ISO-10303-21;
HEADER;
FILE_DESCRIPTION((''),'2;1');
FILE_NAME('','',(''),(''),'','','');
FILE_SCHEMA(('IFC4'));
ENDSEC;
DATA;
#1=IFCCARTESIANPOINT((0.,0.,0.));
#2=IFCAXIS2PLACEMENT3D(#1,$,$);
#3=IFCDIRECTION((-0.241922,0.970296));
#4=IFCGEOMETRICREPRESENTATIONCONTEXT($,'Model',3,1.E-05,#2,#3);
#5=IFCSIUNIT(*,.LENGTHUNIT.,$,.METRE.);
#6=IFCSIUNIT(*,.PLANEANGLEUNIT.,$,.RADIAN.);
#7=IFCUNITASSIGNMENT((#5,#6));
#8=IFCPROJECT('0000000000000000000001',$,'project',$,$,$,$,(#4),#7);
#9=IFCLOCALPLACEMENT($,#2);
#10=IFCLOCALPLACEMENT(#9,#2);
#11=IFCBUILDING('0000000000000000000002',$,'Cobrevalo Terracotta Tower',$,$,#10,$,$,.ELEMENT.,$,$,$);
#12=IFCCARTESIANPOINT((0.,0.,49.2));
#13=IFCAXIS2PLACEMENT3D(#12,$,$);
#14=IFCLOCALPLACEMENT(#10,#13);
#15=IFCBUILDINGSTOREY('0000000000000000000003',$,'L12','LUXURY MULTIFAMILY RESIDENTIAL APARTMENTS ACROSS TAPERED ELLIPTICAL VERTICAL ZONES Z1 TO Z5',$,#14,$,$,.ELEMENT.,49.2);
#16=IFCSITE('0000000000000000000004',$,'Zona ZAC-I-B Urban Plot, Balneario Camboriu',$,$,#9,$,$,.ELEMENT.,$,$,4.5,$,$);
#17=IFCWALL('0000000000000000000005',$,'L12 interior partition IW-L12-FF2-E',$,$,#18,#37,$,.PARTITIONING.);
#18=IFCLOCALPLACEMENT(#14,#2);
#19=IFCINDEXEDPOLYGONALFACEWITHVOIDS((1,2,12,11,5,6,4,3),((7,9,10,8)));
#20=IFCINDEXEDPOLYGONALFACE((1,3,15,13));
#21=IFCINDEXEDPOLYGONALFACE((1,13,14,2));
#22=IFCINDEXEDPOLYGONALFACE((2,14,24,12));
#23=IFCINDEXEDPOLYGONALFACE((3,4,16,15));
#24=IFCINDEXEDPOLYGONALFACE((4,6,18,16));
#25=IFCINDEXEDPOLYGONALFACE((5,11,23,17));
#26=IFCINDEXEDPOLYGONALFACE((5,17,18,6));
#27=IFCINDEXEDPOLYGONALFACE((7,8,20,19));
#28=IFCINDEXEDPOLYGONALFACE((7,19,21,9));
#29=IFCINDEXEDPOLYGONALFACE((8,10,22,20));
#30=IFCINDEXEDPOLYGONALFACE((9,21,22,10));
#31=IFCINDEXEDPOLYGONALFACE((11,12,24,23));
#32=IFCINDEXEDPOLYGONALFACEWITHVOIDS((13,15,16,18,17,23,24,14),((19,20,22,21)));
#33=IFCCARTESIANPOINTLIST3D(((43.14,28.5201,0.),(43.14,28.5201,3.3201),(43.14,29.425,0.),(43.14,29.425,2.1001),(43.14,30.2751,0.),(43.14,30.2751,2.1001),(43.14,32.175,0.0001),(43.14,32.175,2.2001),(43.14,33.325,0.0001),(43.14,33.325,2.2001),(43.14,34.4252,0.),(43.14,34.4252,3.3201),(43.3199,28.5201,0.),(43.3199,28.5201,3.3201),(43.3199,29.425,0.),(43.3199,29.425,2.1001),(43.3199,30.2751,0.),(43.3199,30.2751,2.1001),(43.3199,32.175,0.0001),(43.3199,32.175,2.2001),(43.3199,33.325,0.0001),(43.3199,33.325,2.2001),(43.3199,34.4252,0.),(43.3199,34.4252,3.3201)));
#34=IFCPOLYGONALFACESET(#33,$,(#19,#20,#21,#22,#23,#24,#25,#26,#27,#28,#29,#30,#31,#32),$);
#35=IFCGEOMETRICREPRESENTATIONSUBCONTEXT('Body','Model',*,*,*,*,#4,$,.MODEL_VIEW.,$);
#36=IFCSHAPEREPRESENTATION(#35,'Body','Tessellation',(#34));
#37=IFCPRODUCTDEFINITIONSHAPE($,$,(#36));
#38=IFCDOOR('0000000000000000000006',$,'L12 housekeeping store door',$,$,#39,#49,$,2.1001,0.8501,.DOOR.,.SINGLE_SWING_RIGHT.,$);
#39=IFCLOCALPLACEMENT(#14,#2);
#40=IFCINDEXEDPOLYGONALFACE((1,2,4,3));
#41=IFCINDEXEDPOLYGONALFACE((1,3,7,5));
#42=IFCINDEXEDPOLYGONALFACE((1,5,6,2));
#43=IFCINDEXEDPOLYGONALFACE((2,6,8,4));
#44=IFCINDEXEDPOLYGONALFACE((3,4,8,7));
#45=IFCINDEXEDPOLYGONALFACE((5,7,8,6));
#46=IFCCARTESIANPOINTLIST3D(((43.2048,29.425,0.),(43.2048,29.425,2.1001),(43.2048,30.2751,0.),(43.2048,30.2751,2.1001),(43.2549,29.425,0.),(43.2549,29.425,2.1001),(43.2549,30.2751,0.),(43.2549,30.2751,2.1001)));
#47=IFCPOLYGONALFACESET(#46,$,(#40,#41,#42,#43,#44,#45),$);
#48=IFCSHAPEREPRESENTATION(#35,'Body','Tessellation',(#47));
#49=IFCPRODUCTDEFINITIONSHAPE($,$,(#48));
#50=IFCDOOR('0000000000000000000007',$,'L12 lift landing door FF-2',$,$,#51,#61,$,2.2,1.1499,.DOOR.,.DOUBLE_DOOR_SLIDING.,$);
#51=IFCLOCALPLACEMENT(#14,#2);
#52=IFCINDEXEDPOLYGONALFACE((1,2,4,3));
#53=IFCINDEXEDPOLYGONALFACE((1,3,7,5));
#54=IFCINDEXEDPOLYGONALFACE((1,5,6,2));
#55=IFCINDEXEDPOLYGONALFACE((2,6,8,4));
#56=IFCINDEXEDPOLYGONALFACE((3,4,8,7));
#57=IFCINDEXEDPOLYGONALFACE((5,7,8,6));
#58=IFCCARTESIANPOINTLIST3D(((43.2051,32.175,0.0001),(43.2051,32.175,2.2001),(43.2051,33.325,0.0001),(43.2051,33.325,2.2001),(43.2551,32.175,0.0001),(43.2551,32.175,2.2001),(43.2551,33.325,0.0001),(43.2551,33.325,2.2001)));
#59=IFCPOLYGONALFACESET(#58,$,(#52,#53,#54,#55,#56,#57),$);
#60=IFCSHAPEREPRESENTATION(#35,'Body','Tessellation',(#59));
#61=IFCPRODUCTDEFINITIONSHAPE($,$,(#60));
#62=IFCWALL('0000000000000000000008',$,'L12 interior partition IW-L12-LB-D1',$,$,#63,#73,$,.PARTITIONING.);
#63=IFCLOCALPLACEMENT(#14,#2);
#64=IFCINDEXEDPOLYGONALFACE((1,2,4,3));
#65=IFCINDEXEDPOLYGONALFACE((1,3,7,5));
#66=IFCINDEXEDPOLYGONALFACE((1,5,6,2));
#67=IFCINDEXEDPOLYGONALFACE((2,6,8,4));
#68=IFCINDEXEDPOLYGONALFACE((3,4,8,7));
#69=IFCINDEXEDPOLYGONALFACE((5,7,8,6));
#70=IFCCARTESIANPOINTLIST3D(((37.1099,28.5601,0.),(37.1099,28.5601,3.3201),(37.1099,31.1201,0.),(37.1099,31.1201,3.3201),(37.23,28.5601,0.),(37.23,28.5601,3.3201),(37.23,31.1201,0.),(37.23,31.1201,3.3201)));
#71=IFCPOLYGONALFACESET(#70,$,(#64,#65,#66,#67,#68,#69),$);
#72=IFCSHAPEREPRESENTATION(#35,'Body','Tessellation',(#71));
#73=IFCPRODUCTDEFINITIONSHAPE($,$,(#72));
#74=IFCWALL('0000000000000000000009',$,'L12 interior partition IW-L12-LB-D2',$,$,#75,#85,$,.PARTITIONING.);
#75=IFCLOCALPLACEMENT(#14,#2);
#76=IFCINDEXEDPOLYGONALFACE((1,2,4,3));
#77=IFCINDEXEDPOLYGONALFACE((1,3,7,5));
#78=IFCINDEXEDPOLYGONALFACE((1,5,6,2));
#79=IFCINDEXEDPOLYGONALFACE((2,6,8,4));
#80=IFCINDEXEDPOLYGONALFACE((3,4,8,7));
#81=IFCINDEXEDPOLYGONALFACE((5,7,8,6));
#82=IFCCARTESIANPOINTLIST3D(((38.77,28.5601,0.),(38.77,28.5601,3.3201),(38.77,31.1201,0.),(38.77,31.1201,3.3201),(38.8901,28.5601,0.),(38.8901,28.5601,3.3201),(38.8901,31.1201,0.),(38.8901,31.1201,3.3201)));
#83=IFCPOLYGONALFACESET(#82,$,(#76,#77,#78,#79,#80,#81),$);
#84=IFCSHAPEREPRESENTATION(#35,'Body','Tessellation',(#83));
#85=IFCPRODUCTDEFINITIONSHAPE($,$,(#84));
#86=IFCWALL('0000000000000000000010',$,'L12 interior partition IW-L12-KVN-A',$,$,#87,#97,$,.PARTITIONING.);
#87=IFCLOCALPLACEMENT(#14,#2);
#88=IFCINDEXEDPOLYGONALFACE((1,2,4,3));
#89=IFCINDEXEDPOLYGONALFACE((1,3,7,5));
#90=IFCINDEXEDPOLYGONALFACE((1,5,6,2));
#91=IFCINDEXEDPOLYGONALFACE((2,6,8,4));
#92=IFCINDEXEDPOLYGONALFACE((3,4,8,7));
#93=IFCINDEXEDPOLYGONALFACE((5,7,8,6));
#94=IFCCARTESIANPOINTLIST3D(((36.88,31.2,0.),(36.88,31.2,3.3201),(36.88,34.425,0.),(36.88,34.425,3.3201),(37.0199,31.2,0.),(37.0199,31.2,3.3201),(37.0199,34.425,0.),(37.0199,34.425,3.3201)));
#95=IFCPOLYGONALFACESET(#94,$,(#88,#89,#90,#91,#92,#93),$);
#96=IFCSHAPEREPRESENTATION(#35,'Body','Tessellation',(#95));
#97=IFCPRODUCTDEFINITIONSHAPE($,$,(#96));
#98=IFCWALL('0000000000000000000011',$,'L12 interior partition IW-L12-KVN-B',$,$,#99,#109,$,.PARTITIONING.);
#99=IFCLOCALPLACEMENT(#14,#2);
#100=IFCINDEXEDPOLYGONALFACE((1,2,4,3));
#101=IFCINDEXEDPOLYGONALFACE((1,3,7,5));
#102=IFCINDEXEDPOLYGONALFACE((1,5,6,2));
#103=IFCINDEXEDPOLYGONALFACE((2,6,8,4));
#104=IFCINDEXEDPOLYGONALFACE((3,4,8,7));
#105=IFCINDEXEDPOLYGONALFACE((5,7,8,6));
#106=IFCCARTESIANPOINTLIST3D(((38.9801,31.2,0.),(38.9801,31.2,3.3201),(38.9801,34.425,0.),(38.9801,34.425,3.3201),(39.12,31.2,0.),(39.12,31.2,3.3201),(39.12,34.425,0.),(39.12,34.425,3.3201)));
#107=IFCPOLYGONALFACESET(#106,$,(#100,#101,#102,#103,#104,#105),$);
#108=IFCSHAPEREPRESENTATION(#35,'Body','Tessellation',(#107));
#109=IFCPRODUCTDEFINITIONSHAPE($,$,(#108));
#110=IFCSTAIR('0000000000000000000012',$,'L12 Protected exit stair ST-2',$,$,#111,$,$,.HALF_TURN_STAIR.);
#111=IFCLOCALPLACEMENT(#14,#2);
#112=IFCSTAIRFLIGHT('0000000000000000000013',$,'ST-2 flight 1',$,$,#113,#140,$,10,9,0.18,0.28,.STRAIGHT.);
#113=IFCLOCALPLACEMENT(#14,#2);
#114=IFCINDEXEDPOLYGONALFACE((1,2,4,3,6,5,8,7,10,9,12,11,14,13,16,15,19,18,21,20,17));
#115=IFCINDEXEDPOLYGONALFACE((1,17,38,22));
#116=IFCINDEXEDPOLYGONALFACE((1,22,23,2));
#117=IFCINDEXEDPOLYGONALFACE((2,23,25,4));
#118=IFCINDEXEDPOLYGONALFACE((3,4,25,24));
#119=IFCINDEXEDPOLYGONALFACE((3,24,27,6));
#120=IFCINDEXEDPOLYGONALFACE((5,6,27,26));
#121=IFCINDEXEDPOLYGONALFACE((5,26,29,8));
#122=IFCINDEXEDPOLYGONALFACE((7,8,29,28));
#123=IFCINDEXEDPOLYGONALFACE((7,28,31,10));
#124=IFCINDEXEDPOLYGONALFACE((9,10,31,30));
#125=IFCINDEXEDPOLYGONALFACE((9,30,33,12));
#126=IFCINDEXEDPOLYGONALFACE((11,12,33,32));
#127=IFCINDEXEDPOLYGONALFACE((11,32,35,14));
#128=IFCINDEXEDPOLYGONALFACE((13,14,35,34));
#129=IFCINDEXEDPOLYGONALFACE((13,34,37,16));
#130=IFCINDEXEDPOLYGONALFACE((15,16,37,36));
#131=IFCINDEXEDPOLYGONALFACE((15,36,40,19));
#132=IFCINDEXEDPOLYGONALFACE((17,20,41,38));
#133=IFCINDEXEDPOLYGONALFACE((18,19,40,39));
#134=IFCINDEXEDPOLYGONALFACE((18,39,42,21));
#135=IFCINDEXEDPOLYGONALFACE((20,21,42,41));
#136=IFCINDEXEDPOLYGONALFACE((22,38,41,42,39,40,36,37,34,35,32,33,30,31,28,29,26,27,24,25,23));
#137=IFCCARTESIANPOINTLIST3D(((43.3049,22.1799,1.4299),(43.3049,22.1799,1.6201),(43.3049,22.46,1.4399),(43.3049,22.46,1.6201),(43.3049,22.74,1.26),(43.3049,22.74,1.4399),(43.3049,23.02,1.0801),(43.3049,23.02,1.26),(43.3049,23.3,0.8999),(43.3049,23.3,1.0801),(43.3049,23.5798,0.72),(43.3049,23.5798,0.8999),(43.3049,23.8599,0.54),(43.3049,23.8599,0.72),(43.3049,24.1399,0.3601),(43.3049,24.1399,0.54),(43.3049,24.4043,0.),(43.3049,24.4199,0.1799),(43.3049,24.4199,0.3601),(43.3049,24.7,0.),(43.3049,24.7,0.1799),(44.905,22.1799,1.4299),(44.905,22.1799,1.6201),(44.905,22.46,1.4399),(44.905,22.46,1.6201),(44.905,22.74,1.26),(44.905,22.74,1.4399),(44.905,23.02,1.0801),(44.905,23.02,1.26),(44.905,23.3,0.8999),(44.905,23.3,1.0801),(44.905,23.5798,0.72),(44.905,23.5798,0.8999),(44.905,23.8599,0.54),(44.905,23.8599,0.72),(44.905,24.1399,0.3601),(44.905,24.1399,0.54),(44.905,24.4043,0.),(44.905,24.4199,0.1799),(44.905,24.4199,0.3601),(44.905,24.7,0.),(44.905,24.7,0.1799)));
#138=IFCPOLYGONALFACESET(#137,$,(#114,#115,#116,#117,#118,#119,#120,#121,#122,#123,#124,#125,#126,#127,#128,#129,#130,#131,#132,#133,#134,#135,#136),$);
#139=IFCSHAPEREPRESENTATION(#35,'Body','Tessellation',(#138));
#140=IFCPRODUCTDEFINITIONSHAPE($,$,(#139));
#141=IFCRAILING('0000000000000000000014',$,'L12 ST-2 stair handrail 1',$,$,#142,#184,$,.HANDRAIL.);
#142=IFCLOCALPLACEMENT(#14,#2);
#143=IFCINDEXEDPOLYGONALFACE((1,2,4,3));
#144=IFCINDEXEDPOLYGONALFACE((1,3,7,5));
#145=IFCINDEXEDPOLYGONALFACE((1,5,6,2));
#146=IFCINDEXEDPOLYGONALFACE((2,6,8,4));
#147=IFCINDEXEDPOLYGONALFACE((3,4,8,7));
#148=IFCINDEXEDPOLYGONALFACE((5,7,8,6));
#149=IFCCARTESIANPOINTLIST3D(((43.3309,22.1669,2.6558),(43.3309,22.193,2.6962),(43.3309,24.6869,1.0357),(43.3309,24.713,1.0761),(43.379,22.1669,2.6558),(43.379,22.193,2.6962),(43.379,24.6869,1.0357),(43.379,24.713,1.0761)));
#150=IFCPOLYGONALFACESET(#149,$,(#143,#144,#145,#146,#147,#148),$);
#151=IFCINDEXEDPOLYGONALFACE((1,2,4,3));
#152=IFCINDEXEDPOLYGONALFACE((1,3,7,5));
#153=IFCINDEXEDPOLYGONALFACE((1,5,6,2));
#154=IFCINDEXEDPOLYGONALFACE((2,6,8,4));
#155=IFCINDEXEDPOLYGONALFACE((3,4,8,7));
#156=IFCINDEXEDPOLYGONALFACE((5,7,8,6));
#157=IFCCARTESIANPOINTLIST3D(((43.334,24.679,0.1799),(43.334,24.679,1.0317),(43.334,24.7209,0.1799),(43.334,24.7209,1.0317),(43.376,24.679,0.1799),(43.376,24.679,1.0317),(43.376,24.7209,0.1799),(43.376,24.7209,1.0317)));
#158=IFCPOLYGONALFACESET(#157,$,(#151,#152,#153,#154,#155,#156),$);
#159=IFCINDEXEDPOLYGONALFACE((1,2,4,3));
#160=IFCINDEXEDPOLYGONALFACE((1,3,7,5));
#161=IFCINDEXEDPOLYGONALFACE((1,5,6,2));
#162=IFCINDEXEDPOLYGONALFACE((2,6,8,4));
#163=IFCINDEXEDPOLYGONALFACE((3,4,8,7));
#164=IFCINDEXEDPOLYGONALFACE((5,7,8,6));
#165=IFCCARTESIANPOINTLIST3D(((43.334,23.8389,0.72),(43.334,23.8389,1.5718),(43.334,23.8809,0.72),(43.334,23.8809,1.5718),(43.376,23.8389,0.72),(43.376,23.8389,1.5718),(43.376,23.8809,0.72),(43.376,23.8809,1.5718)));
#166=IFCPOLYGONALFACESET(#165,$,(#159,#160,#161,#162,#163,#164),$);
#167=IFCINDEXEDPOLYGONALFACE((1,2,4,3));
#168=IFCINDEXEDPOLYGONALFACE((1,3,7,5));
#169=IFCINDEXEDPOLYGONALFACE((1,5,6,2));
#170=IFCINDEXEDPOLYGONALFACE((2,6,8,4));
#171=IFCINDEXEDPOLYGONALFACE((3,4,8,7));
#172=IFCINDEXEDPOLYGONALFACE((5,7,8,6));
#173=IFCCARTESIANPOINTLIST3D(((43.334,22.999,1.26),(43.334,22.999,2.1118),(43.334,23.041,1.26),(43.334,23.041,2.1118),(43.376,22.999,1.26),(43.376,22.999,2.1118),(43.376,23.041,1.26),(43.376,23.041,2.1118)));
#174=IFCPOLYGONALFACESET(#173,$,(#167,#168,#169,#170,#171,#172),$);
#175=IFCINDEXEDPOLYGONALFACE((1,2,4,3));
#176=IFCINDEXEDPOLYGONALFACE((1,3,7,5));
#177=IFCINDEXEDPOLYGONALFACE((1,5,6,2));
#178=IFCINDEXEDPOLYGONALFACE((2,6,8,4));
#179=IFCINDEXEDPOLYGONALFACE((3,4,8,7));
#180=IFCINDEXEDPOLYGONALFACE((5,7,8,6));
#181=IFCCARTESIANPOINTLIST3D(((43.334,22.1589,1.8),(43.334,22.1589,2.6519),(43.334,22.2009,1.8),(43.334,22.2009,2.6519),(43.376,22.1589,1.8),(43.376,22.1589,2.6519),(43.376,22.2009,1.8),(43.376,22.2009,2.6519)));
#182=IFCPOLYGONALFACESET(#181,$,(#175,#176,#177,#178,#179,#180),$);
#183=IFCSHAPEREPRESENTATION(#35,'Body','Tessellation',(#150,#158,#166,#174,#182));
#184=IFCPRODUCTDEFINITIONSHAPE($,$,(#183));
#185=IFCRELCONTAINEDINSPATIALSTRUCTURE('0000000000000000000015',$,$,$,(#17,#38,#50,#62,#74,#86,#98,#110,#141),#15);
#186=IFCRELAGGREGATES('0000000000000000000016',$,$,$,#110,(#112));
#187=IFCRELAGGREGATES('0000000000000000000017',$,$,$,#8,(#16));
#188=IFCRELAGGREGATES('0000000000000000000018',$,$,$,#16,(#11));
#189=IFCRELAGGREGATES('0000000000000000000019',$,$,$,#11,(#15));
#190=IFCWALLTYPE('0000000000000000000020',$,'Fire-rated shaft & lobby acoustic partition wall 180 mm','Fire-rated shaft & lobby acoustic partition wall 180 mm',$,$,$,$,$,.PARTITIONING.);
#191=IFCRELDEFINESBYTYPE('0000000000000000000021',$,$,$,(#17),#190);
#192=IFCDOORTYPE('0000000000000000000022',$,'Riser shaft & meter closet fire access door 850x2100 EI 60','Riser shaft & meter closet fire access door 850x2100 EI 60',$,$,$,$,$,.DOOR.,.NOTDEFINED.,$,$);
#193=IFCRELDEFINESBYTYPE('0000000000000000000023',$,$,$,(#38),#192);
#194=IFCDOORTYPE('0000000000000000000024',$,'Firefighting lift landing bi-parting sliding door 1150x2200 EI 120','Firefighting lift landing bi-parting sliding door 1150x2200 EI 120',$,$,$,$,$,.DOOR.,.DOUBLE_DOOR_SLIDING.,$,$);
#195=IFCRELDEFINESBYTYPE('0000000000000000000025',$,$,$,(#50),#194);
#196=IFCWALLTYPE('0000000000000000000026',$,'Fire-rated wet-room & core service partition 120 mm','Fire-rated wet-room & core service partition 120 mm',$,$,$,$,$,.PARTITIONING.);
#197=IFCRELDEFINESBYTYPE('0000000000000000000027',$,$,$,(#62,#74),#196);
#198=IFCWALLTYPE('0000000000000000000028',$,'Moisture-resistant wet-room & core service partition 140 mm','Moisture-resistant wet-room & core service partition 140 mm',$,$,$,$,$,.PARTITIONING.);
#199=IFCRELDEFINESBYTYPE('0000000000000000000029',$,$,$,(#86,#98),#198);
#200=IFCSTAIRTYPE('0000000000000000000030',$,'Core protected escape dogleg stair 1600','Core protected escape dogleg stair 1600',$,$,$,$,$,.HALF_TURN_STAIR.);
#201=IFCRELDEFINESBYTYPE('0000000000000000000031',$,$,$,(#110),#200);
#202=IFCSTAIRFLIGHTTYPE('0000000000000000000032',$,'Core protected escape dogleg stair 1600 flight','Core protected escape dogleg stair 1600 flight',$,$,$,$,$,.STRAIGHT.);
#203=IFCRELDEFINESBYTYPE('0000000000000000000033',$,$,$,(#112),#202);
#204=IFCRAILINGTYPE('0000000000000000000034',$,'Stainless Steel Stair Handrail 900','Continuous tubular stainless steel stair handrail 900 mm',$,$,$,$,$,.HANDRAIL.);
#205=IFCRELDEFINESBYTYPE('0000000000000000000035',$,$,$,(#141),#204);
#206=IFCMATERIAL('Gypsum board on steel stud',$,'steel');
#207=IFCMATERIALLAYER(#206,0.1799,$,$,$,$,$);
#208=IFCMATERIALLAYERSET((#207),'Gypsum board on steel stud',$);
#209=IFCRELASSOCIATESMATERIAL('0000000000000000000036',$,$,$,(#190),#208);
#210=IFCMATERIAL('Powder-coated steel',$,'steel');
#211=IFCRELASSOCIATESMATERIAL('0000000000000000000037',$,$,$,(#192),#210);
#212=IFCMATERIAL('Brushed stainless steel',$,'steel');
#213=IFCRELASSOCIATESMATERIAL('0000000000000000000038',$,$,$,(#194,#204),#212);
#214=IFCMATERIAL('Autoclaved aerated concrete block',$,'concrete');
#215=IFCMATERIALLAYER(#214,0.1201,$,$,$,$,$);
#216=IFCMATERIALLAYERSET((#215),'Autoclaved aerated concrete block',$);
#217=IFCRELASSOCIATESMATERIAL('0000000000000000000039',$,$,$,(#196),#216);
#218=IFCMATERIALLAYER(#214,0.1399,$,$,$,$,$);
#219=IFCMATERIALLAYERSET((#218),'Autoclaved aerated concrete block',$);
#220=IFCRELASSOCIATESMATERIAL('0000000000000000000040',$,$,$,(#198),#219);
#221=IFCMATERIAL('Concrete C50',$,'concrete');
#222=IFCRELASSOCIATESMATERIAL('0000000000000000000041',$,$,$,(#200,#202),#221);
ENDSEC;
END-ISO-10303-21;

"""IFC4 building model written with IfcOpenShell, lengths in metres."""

from ifc_helpers import new_model, si_unit, direction, frame, frame_2d, origin, origin_2d, place, context, subcontext, project, spatial, polyline, rectangle, outline, extrude, source, transform, mapped, material, layer, layer_set, type_object, element, fill, aggregate, save


model = new_model("IFC4")

# Units and contexts
model_context = context("Model", 3, precision=1e-05, world=origin(), true_north=direction((-0.241922, 0.970296)))
body_context = subcontext(model_context, "Body", "Model", "MODEL_VIEW")
ifc_project = project(units=[si_unit("LENGTHUNIT", "METRE"), si_unit("PLANEANGLEUNIT", "RADIAN")], contexts=[model_context])

# Site, building, storey
site_placement = place(None, origin())
site = spatial("IfcSite", under=ifc_project, at=site_placement, Name="Zona ZAC-I-B Urban Plot, Balneario Camboriu", CompositionType="ELEMENT", RefElevation=4.5)
building_placement = place(site_placement, origin())
building = spatial("IfcBuilding", under=site, at=building_placement, Name="Cobrevalo Terracotta Tower", CompositionType="ELEMENT")
storey_placement = place(building_placement, frame((0.0, 0.0, 49.2)))
storey = spatial("IfcBuildingStorey", under=building, at=storey_placement, Name="L12", Description="LUXURY MULTIFAMILY RESIDENTIAL APARTMENTS ACROSS TAPERED ELLIPTICAL VERTICAL ZONES Z1 TO Z5", CompositionType="ELEMENT", Elevation=49.2)

# Shared definitions
ifc_material_1 = material(Name="Gypsum board on steel stud", Category="steel")

# Shared definitions
ifc_material_2 = material(Name="Brushed stainless steel", Category="steel")

# Shared definitions
ifc_layer_1 = layer(ifc_material_1, 0.1799)
ifc_layer_set_1 = layer_set([ifc_layer_1], Name="Gypsum board on steel stud")
wall_type_1 = type_object("IfcWallType", Name="Fire-rated shaft & lobby acoustic partition wall 180 mm", Description="Fire-rated shaft & lobby acoustic partition wall 180 mm", PredefinedType="PARTITIONING", material=ifc_layer_set_1)
ifc_material_3 = material(Name="Powder-coated steel", Category="steel")
door_type_1 = type_object("IfcDoorType", Name="Riser shaft & meter closet fire access door 850x2100 EI 60", Description="Riser shaft & meter closet fire access door 850x2100 EI 60", OperationType="NOTDEFINED", PredefinedType="DOOR", material=ifc_material_3)
shared_shape_1 = source(origin(), body_context, "Body", "SweptSolid", [
    extrude(rectangle(XDim=0.8501, YDim=2.1001, at=frame_2d((0.425, 1.05))), frame((0.0, 0.0249, 0.0), z_axis=(0.0, -1.0, 0.0), x_axis=(1.0, 0.0, 0.0)), (0.0, 0.0, 1.0), 0.05),
])

# Wall, openings, doors
wall_1_placement = place(storey_placement, frame((43.23, 28.52, 0.0), z_axis=(0.0, 0.0, 1.0), x_axis=(0.0, 1.0, 0.0)))
wall_1 = element("IfcWall", 1, at=wall_1_placement, inside=storey, type_object=wall_type_1, Name="L12 interior partition IW-L12-FF2-E", PredefinedType="PARTITIONING", context=body_context, shape_type="SweptSolid", body=[
    extrude(rectangle(XDim=5.905, YDim=0.1799, at=frame_2d((2.9526, 0.0))), origin(), (0.0, 0.0, 1.0), 3.3201),
])
opening_1_placement = place(wall_1_placement, frame((0.905, 0.0, 0.0)))
opening_1 = element("IfcOpeningElement", 2, at=opening_1_placement, cuts=wall_1, PredefinedType="OPENING", context=body_context, shape_type="SweptSolid", body=[
    extrude(rectangle(XDim=0.8501, YDim=2.1001, at=frame_2d((0.425, 1.05))), frame((0.0, 0.1001, 0.0), z_axis=(0.0, -1.0, 0.0), x_axis=(1.0, 0.0, 0.0)), (0.0, 0.0, 1.0), 0.2),
])
opening_2_placement = place(wall_1_placement, frame((3.655, 0.0, 0.0)))
opening_2 = element("IfcOpeningElement", 3, at=opening_2_placement, cuts=wall_1, PredefinedType="OPENING", context=body_context, shape_type="SweptSolid", body=[
    extrude(rectangle(XDim=1.1499, YDim=2.2, at=frame_2d((0.575, 1.1001))), frame((0.0, 0.1001, 0.0), z_axis=(0.0, -1.0, 0.0), x_axis=(1.0, 0.0, 0.0)), (0.0, 0.0, 1.0), 0.2),
])
door_1_placement = place(opening_1_placement, frame((0.8501, 0.0, 0.0), z_axis=(0.0, 0.0, 1.0), x_axis=(-1.0, 0.0, 0.0)))
door_1 = element("IfcDoor", 4, at=door_1_placement, inside=storey, type_object=door_type_1, Name="L12 housekeeping store door", OperationType="SINGLE_SWING_RIGHT", OverallHeight=2.1001, OverallWidth=0.8501, PredefinedType="DOOR", context=body_context, shape_type="MappedRepresentation", body=[
    mapped(shared_shape_1, transform((0.0, 0.0, 0.0), scale=1.0)),
])
fill(opening_1, door_1)
door_type_2 = type_object("IfcDoorType", Name="Firefighting lift landing bi-parting sliding door 1150x2200 EI 120", Description="Firefighting lift landing bi-parting sliding door 1150x2200 EI 120", OperationType="DOUBLE_DOOR_SLIDING", PredefinedType="DOOR", material=ifc_material_2)
shared_shape_2 = source(origin(), body_context, "Body", "SweptSolid", [
    extrude(rectangle(XDim=1.1499, YDim=2.2, at=frame_2d((0.575, 1.1001))), frame((0.0, 0.0249, 0.0), z_axis=(0.0, -1.0, 0.0), x_axis=(1.0, 0.0, 0.0)), (0.0, 0.0, 1.0), 0.05),
])
door_2_placement = place(opening_2_placement, origin())
door_2 = element("IfcDoor", 5, at=door_2_placement, inside=storey, type_object=door_type_2, Name="L12 lift landing door FF-2", OperationType="DOUBLE_DOOR_SLIDING", OverallHeight=2.2, OverallWidth=1.1499, PredefinedType="DOOR", context=body_context, shape_type="MappedRepresentation", body=[
    mapped(shared_shape_2, transform((0.0, 0.0, 0.0), scale=1.0)),
])
fill(opening_2, door_2)

# Walls
ifc_material_4 = material(Name="Autoclaved aerated concrete block", Category="concrete")
ifc_layer_2 = layer(ifc_material_4, 0.1201)
ifc_layer_set_2 = layer_set([ifc_layer_2], Name="Autoclaved aerated concrete block")
wall_type_2 = type_object("IfcWallType", Name="Fire-rated wet-room & core service partition 120 mm", Description="Fire-rated wet-room & core service partition 120 mm", PredefinedType="PARTITIONING", material=ifc_layer_set_2)
for number, where, z_axis, x_axis, name in (
    (6, (37.1699, 28.5601, 0.0), (0.0, 0.0, 1.0), (0.0, 1.0, 0.0), "L12 interior partition IW-L12-LB-D1"),
    (7, (38.8301, 28.5601, 0.0), (0.0, 0.0, 1.0), (0.0, 1.0, 0.0), "L12 interior partition IW-L12-LB-D2"),
):
    element("IfcWall", number, at=place(storey_placement, frame(where, z_axis=z_axis, x_axis=x_axis)), inside=storey, type_object=wall_type_2, Name=name, PredefinedType="PARTITIONING", context=body_context, shape_type="SweptSolid", body=[
        extrude(rectangle(XDim=2.5601, YDim=0.1201, at=frame_2d((1.28, 0.0))), origin(), (0.0, 0.0, 1.0), 3.3201),
    ])
ifc_layer_3 = layer(ifc_material_4, 0.1399)
ifc_layer_set_3 = layer_set([ifc_layer_3], Name="Autoclaved aerated concrete block")
wall_type_3 = type_object("IfcWallType", Name="Moisture-resistant wet-room & core service partition 140 mm", Description="Moisture-resistant wet-room & core service partition 140 mm", PredefinedType="PARTITIONING", material=ifc_layer_set_3)
for number, where, z_axis, x_axis, name in (
    (8, (36.95, 31.2, 0.0), (0.0, 0.0, 1.0), (0.0, 1.0, 0.0), "L12 interior partition IW-L12-KVN-A"),
    (9, (39.05, 31.2, 0.0), (0.0, 0.0, 1.0), (0.0, 1.0, 0.0), "L12 interior partition IW-L12-KVN-B"),
):
    element("IfcWall", number, at=place(storey_placement, frame(where, z_axis=z_axis, x_axis=x_axis)), inside=storey, type_object=wall_type_3, Name=name, PredefinedType="PARTITIONING", context=body_context, shape_type="SweptSolid", body=[
        extrude(rectangle(XDim=3.2251, YDim=0.1399, at=frame_2d((1.6125, 0.0))), origin(), (0.0, 0.0, 1.0), 3.3201),
    ])

# Shared definitions
ifc_material_5 = material(Name="Concrete C50", Category="concrete")

# Stair, stair flight
stair_type = type_object("IfcStairType", Name="Core protected escape dogleg stair 1600", Description="Core protected escape dogleg stair 1600", PredefinedType="HALF_TURN_STAIR", material=ifc_material_5)
stair_placement = place(storey_placement, origin())
stair = element("IfcStair", 10, at=stair_placement, inside=storey, type_object=stair_type, Name="L12 Protected exit stair ST-2", PredefinedType="HALF_TURN_STAIR")
stair_flight_type = type_object("IfcStairFlightType", Name="Core protected escape dogleg stair 1600 flight", Description="Core protected escape dogleg stair 1600 flight", PredefinedType="STRAIGHT", material=ifc_material_5)
stair_flight_placement = place(storey_placement, frame((44.105, 24.7, 0.0), z_axis=(0.0, 0.0, 1.0), x_axis=(0.0, -1.0, 0.0)))
stair_flight = element("IfcStairFlight", 11, at=stair_flight_placement, type_object=stair_flight_type, Name="ST-2 flight 1", NumberOfRisers=10, NumberOfTreads=9, PredefinedType="STRAIGHT", RiserHeight=0.18, TreadLength=0.28, context=body_context, shape_type="SweptSolid", body=[
    extrude(outline(polyline([(0.0, 0.0), (0.0, 0.1799), (0.28, 0.1799), (0.28, 0.3601), (0.5601, 0.3601), (0.5601, 0.54), (0.8401, 0.54), (0.8401, 0.72), (1.1201, 0.72), (1.1201, 0.8999), (1.3999, 0.8999), (1.3999, 1.0801), (1.6799, 1.0801), (1.6799, 1.26), (1.96, 1.26), (1.96, 1.4399), (2.24, 1.4399), (2.24, 1.6201), (2.52, 1.6201), (2.52, 1.8), (2.52, 1.4299), (0.2957, 0.0), (0.0, 0.0)])), frame((0.0, 0.8, 0.0), z_axis=(0.0, -1.0, 0.0), x_axis=(1.0, 0.0, 0.0)), (0.0, 0.0, 1.0), 1.6001),
])
aggregate(stair, [stair_flight])

# Railing
railing_type_1 = type_object("IfcRailingType", Name="Stainless Steel Stair Handrail 900", Description="Continuous tubular stainless steel stair handrail 900 mm", PredefinedType="HANDRAIL", material=ifc_material_2)
railing_1_placement = place(storey_placement, frame((43.355, 24.7, 0.1799)))
element("IfcRailing", 12, at=railing_1_placement, inside=storey, type_object=railing_type_1, Name="L12 ST-2 stair handrail 1", PredefinedType="HANDRAIL", context=body_context, shape_type="SweptSolid", body=[
    extrude(rectangle(XDim=0.0481, YDim=0.0481, at=origin_2d()), frame((0.0, 0.0, 0.876), z_axis=(0.0, -0.841163, 0.540782), x_axis=(1.0, 0.0, 0.0)), (0.0, 0.0, 1.0), 2.9958),
    extrude(rectangle(XDim=0.042, YDim=0.042, at=origin_2d()), origin(), (0.0, 0.0, 1.0), 0.8518),
    extrude(rectangle(XDim=0.042, YDim=0.042, at=origin_2d()), frame((0.0, -0.8401, 0.54)), (0.0, 0.0, 1.0), 0.8518),
    extrude(rectangle(XDim=0.042, YDim=0.042, at=origin_2d()), frame((0.0, -1.6799, 1.0801)), (0.0, 0.0, 1.0), 0.8518),
    extrude(rectangle(XDim=0.042, YDim=0.042, at=origin_2d()), frame((0.0, -2.52, 1.6201)), (0.0, 0.0, 1.0), 0.8518),
])

save(model, "model.ifc")
